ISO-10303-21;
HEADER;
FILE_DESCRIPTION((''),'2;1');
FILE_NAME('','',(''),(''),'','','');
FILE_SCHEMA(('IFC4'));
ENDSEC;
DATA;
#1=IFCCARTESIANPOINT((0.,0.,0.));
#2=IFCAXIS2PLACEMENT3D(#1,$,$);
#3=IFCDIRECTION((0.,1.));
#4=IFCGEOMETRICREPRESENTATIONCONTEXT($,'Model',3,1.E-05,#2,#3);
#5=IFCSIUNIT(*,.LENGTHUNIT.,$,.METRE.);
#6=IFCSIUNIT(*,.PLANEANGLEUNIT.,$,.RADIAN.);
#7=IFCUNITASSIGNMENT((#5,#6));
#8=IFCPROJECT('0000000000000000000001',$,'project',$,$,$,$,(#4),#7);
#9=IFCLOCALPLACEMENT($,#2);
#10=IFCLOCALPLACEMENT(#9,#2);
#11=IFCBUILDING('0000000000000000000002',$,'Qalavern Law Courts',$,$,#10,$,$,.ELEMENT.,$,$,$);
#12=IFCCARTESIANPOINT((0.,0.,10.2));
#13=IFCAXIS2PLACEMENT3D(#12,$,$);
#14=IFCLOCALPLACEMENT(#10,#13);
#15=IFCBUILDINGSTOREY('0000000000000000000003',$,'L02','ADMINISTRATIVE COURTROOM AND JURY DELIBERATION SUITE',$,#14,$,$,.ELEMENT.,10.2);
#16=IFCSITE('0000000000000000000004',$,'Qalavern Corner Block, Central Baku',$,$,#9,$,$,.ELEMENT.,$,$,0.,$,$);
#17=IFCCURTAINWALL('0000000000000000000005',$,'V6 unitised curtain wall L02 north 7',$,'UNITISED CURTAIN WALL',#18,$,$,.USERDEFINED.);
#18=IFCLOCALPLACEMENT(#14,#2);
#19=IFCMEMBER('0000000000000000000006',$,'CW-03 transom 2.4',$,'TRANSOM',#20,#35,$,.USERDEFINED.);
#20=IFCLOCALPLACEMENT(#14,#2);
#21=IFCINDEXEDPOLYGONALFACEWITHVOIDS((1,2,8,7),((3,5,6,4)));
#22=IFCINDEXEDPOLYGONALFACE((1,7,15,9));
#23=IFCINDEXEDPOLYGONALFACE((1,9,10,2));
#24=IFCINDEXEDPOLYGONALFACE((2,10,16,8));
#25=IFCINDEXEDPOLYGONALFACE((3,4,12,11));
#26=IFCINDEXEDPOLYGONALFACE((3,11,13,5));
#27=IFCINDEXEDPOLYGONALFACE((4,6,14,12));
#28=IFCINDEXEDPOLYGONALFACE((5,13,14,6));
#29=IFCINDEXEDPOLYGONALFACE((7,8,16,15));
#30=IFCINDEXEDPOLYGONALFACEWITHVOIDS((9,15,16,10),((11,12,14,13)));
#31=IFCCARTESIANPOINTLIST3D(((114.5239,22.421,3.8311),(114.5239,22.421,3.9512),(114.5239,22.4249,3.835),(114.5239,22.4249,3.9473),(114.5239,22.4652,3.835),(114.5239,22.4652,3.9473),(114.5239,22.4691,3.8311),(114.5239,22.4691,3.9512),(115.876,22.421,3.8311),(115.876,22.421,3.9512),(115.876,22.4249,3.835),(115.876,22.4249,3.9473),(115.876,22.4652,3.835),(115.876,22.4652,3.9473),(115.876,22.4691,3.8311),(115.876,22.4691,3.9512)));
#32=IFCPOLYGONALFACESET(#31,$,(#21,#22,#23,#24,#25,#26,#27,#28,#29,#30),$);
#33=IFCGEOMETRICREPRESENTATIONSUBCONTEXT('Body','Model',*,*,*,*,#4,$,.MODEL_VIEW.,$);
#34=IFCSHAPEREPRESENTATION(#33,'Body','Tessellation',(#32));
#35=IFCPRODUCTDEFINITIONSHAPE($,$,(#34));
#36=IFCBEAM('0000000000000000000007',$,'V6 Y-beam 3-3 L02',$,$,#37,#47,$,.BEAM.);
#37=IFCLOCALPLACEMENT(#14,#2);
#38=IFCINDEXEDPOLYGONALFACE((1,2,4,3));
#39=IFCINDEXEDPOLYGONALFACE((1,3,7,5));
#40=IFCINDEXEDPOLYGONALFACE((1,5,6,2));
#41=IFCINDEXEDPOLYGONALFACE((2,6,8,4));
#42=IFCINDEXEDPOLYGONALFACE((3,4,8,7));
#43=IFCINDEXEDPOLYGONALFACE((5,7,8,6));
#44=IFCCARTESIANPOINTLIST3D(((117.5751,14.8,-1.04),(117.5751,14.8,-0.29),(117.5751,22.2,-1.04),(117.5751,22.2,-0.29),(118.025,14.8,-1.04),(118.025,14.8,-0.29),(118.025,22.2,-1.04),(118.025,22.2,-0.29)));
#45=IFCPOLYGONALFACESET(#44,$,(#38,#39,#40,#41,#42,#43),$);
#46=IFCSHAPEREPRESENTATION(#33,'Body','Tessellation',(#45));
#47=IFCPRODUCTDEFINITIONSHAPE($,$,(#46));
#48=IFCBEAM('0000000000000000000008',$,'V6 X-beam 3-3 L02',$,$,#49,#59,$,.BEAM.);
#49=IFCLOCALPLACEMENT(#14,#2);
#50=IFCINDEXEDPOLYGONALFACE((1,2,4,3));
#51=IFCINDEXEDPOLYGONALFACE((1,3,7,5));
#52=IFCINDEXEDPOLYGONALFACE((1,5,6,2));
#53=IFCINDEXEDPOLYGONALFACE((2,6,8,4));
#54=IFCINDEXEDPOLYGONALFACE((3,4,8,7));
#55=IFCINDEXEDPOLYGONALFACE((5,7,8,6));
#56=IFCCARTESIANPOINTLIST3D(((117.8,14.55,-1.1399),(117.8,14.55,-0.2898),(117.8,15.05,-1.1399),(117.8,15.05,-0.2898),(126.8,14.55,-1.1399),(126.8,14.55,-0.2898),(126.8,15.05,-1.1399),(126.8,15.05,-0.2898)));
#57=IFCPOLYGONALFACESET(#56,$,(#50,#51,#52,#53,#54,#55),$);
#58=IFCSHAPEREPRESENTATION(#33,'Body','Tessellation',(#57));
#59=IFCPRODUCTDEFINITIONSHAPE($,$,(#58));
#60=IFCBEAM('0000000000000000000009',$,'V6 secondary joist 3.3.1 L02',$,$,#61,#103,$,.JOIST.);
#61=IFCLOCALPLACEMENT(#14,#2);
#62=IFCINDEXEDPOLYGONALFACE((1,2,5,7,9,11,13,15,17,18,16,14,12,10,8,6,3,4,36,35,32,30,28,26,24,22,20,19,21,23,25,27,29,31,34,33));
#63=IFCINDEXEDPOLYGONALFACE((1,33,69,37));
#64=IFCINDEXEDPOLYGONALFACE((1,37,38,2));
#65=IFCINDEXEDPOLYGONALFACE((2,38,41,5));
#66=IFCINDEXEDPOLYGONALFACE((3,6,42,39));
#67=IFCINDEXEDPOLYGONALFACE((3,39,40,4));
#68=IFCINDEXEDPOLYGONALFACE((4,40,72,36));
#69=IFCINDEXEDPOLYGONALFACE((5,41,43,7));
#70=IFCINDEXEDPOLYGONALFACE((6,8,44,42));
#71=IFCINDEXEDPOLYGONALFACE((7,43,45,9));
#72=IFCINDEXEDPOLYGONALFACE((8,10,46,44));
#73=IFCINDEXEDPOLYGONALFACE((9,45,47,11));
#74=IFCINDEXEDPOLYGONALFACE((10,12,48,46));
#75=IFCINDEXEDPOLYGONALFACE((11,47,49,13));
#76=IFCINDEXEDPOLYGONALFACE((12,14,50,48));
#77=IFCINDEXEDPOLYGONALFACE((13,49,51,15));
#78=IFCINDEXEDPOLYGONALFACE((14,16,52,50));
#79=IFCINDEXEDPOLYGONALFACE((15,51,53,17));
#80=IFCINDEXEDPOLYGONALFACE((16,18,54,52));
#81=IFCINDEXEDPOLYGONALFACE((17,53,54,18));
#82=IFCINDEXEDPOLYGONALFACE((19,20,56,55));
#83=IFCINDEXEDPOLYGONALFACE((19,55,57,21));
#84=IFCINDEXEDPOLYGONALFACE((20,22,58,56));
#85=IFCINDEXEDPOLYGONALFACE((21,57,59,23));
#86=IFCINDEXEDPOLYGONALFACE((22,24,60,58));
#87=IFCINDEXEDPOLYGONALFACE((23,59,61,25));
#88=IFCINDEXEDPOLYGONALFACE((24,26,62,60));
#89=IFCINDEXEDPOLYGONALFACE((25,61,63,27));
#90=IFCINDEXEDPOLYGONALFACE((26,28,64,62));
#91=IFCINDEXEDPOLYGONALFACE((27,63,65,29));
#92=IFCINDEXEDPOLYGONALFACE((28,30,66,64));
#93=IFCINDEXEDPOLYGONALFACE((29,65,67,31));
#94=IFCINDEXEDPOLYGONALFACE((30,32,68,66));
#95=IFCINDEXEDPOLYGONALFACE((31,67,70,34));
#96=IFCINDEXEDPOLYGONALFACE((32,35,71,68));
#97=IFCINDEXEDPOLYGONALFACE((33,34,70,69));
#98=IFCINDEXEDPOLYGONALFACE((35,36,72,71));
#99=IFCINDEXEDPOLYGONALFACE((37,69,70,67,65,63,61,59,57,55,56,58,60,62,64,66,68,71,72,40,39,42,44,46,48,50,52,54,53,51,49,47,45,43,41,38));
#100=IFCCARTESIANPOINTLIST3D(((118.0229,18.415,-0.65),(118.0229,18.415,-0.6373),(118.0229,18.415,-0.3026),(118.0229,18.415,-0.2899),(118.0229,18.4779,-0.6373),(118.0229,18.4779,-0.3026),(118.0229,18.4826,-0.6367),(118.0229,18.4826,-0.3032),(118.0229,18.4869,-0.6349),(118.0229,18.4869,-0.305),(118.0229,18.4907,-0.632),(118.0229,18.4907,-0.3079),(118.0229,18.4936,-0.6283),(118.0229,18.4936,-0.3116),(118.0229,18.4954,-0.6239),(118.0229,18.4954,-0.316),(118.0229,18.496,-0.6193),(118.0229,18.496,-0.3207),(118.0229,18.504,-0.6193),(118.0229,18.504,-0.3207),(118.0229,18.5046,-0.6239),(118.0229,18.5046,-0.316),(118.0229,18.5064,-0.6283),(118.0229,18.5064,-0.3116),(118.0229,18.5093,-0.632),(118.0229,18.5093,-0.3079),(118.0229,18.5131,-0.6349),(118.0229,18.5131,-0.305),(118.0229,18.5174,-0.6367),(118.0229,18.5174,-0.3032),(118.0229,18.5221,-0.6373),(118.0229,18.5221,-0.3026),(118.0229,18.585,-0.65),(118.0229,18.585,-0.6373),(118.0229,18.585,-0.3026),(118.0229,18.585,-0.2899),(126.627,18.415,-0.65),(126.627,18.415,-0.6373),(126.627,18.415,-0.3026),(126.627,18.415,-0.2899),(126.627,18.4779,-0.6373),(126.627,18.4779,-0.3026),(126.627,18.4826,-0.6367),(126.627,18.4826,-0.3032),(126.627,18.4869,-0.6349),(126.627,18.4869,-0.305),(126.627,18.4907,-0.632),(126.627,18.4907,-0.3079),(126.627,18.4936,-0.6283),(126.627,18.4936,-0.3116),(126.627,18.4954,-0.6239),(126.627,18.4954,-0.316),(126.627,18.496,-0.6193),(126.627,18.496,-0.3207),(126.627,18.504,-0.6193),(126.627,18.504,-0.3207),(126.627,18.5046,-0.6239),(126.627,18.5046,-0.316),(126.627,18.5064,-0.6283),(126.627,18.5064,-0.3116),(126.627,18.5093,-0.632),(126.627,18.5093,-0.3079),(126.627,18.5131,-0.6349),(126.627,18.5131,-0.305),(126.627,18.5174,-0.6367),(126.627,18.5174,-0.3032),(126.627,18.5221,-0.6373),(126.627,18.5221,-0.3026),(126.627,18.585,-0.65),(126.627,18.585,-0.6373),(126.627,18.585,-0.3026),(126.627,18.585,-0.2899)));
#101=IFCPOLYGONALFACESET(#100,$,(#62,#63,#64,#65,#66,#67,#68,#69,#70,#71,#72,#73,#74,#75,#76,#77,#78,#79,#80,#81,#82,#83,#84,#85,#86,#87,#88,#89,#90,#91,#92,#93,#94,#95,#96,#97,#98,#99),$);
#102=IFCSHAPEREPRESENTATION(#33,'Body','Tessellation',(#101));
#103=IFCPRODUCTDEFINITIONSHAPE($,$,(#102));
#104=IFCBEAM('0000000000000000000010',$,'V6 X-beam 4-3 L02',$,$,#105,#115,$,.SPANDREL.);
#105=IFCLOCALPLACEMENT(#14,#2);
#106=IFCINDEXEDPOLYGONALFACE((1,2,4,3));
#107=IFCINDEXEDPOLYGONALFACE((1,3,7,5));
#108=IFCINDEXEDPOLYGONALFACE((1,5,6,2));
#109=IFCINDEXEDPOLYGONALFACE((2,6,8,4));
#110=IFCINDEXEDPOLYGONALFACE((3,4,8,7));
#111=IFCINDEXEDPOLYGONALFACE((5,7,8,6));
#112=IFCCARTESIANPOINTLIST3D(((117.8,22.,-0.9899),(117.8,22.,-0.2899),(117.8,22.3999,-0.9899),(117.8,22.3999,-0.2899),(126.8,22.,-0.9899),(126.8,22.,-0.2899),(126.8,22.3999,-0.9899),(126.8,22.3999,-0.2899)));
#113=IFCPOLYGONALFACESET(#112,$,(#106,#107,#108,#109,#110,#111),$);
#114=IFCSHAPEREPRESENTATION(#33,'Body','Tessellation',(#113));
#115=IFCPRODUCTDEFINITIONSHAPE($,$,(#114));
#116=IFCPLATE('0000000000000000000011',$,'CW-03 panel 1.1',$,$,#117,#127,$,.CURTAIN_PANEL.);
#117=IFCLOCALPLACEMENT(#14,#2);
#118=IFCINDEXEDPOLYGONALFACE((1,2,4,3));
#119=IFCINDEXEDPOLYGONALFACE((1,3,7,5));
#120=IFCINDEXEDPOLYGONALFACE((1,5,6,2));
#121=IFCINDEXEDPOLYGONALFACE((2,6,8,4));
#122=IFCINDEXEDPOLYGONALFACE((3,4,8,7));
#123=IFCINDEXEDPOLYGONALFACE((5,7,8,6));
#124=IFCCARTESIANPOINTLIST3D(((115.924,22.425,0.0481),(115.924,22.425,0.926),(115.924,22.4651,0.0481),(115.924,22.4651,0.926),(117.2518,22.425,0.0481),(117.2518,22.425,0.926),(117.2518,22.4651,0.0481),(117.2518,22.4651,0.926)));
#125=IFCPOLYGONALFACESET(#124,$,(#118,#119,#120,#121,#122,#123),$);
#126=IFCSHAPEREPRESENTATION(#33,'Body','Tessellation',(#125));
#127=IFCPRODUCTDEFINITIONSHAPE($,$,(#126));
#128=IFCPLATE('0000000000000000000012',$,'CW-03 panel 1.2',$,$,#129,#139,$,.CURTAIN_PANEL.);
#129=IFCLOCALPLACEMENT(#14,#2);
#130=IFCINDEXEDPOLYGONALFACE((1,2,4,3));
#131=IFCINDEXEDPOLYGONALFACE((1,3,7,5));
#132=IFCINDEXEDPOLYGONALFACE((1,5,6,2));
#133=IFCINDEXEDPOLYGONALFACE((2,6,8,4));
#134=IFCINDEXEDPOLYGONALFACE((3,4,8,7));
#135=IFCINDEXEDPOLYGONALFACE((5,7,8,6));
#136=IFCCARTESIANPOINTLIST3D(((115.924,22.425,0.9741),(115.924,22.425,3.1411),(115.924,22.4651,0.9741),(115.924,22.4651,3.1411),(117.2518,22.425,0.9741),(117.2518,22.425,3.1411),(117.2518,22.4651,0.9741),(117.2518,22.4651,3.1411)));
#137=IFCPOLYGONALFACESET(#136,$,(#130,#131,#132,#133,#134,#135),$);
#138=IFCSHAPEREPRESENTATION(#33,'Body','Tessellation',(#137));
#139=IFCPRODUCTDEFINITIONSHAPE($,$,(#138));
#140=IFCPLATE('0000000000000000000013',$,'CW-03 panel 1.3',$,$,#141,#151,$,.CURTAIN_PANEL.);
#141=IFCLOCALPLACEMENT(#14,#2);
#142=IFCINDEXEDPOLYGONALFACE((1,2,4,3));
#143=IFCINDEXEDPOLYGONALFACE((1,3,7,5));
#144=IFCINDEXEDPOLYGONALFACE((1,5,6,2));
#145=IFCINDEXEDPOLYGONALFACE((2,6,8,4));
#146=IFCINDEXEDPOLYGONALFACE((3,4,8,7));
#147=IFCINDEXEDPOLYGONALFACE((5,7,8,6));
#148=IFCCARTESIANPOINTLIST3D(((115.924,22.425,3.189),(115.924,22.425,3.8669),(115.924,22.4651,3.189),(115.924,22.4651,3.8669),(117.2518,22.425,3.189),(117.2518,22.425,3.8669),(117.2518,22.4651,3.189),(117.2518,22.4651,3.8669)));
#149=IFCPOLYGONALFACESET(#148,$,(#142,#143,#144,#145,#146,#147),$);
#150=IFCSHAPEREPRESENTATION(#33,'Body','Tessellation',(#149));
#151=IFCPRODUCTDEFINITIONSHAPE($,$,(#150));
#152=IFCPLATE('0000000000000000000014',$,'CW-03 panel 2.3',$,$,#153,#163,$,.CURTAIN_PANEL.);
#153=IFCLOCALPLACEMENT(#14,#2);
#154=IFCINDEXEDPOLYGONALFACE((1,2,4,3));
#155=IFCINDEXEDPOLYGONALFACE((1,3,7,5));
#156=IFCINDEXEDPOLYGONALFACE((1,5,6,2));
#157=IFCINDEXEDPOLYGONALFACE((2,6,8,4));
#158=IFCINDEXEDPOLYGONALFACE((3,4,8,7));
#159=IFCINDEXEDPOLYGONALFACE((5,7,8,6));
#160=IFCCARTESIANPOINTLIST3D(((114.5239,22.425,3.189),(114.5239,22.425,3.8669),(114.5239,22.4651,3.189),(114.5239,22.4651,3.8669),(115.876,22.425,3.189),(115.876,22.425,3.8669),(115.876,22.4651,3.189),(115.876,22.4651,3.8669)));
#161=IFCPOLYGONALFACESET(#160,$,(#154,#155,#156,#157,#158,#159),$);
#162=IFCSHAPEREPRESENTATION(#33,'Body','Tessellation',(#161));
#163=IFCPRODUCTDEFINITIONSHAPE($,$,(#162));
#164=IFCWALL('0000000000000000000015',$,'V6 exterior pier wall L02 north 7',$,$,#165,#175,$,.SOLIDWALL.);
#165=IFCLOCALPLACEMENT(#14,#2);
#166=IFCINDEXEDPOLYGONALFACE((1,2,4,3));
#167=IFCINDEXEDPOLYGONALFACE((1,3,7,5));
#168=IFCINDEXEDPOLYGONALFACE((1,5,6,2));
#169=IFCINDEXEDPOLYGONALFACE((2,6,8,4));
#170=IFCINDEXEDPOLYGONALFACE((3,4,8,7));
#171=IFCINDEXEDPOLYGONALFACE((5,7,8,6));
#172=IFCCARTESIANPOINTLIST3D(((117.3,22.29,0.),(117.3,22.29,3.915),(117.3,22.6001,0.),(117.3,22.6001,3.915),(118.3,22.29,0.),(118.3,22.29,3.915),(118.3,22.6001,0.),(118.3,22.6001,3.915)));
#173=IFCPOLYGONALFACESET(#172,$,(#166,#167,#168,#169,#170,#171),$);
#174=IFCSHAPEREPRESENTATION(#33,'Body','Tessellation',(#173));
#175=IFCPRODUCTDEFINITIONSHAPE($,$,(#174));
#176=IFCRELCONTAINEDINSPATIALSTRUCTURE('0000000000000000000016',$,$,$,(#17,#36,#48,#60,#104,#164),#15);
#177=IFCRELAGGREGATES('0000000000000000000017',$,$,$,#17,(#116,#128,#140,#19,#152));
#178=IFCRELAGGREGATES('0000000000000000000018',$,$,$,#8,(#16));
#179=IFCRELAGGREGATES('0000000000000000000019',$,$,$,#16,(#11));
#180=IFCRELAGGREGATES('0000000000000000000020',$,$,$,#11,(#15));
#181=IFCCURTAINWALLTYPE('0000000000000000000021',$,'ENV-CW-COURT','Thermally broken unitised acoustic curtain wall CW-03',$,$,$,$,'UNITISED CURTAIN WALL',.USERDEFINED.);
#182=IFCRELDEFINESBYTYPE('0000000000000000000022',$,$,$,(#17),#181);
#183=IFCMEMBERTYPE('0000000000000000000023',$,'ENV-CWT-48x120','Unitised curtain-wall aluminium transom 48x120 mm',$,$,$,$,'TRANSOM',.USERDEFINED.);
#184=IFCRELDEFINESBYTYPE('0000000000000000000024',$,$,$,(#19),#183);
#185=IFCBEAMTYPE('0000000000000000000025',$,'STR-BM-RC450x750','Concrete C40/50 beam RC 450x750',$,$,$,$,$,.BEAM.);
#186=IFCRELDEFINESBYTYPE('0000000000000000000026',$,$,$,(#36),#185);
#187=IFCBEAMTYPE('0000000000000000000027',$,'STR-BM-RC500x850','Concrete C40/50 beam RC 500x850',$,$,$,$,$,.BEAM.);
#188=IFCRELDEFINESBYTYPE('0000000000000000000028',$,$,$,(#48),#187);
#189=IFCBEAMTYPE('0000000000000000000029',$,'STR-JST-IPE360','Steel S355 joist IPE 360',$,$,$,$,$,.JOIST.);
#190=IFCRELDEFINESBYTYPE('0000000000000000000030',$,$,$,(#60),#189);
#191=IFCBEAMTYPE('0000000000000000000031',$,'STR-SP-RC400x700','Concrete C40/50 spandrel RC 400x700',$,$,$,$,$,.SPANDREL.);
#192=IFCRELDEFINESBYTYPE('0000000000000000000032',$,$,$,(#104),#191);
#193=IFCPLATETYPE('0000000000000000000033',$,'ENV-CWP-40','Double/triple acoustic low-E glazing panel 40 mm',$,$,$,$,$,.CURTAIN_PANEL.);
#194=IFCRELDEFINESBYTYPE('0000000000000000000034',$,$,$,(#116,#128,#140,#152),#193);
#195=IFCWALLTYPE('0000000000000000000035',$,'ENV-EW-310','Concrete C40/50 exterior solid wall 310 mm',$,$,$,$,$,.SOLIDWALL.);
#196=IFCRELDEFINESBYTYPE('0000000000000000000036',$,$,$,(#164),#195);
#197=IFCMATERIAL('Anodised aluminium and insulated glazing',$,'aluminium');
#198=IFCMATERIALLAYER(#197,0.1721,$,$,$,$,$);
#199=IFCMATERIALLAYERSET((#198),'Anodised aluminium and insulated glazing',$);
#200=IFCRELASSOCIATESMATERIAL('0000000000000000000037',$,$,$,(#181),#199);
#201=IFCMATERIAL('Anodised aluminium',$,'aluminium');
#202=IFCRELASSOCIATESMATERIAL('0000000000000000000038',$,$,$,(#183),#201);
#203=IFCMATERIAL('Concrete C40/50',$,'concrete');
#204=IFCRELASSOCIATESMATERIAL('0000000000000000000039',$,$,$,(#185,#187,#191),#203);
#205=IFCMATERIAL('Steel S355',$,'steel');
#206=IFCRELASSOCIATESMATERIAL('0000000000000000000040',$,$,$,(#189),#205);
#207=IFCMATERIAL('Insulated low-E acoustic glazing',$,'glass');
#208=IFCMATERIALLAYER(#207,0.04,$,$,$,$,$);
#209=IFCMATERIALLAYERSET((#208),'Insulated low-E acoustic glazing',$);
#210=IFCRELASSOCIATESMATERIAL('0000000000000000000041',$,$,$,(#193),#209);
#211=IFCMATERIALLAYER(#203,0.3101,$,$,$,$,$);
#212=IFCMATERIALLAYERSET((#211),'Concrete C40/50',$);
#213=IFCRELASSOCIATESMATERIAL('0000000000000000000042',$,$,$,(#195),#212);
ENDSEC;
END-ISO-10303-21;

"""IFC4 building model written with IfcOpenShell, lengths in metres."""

from ifc_helpers import new_model, si_unit, direction, frame, frame_2d, origin, origin_2d, place, context, subcontext, project, spatial, rectangle, hollow_rectangle, i_section, extrude, material, layer, layer_set, material_profile, profile_set, type_object, element, aggregate, save


model = new_model("IFC4")

# Units and contexts
model_context = context("Model", 3, precision=1e-05, world=origin(), true_north=direction((0.0, 1.0)))
body_context = subcontext(model_context, "Body", "Model", "MODEL_VIEW")
ifc_project = project(units=[si_unit("LENGTHUNIT", "METRE"), si_unit("PLANEANGLEUNIT", "RADIAN")], contexts=[model_context])

# Site, building, storey
site_placement = place(None, origin())
site = spatial("IfcSite", under=ifc_project, at=site_placement, Name="Qalavern Corner Block, Central Baku", CompositionType="ELEMENT", RefElevation=0.0)
building_placement = place(site_placement, origin())
building = spatial("IfcBuilding", under=site, at=building_placement, Name="Qalavern Law Courts", CompositionType="ELEMENT")
storey_placement = place(building_placement, frame((0.0, 0.0, 10.2)))
storey = spatial("IfcBuildingStorey", under=building, at=storey_placement, Name="L02", Description="ADMINISTRATIVE COURTROOM AND JURY DELIBERATION SUITE", CompositionType="ELEMENT", Elevation=10.2)

# Curtain wall, member
ifc_material_1 = material(Name="Anodised aluminium and insulated glazing", Category="aluminium")
ifc_layer_1 = layer(ifc_material_1, 0.1721)
ifc_layer_set_1 = layer_set([ifc_layer_1], Name="Anodised aluminium and insulated glazing")
curtain_wall_type = type_object("IfcCurtainWallType", Name="ENV-CW-COURT", Description="Thermally broken unitised acoustic curtain wall CW-03", ElementType="UNITISED CURTAIN WALL", PredefinedType="USERDEFINED", material=ifc_layer_set_1)
curtain_wall_placement = place(storey_placement, origin())
curtain_wall = element("IfcCurtainWall", 1, at=curtain_wall_placement, inside=storey, type_object=curtain_wall_type, Name="V6 unitised curtain wall L02 north 7", ObjectType="UNITISED CURTAIN WALL", PredefinedType="USERDEFINED")
ifc_material_2 = material(Name="Anodised aluminium", Category="aluminium")
ifc_material_profile_1 = material_profile(ifc_material_2, hollow_rectangle(XDim=0.0481, YDim=0.1201, WallThickness=0.0039, at=origin_2d()), Name="ALU TRANSOM 48x120")
ifc_profile_set_1 = profile_set([ifc_material_profile_1], Name="Anodised aluminium")
member_type_1 = type_object("IfcMemberType", Name="ENV-CWT-48x120", Description="Unitised curtain-wall aluminium transom 48x120 mm", ElementType="TRANSOM", PredefinedType="USERDEFINED", material=ifc_profile_set_1)
member_1_placement = place(storey_placement, frame((115.876, 22.4451, 3.8911), z_axis=(-1.0, 0.0, 0.0), x_axis=(0.0, -1.0, 0.0)))
member_1 = element("IfcMember", 2, at=member_1_placement, type_object=member_type_1, Name="CW-03 transom 2.4", ObjectType="TRANSOM", PredefinedType="USERDEFINED", context=body_context, shape_type="SweptSolid", body=[
    extrude(hollow_rectangle(XDim=0.0481, YDim=0.1201, WallThickness=0.0039, at=origin_2d()), origin(), (0.0, 0.0, 1.0), 1.3521),
])

# Beams
ifc_material_3 = material(Name="Concrete C40/50", Category="concrete")
ifc_material_profile_2 = material_profile(ifc_material_3, rectangle(XDim=0.45, YDim=0.75, at=origin_2d()), Name="RC 450x750")
ifc_profile_set_2 = profile_set([ifc_material_profile_2], Name="Concrete C40/50")
beam_type_1 = type_object("IfcBeamType", Name="STR-BM-RC450x750", Description="Concrete C40/50 beam RC 450x750", PredefinedType="BEAM", material=ifc_profile_set_2)
beam_1_placement = place(storey_placement, frame((117.8, 14.8, -0.665), z_axis=(0.0, 1.0, 0.0), x_axis=(-1.0, 0.0, 0.0)))
element("IfcBeam", 3, at=beam_1_placement, inside=storey, type_object=beam_type_1, Name="V6 Y-beam 3-3 L02", PredefinedType="BEAM", context=body_context, shape_type="SweptSolid", body=[
    extrude(rectangle(XDim=0.45, YDim=0.75, at=origin_2d()), origin(), (0.0, 0.0, 1.0), 7.3999),
])
ifc_material_profile_3 = material_profile(ifc_material_3, rectangle(XDim=0.5, YDim=0.8501, at=origin_2d()), Name="RC 500x850")
ifc_profile_set_3 = profile_set([ifc_material_profile_3], Name="Concrete C40/50")
beam_type_2 = type_object("IfcBeamType", Name="STR-BM-RC500x850", Description="Concrete C40/50 beam RC 500x850", PredefinedType="BEAM", material=ifc_profile_set_3)
beam_2_placement = place(storey_placement, frame((117.8, 14.8, -0.7148), z_axis=(1.0, 0.0, 0.0), x_axis=(0.0, 1.0, 0.0)))
element("IfcBeam", 4, at=beam_2_placement, inside=storey, type_object=beam_type_2, Name="V6 X-beam 3-3 L02", PredefinedType="BEAM", context=body_context, shape_type="SweptSolid", body=[
    extrude(rectangle(XDim=0.5, YDim=0.8501, at=origin_2d()), origin(), (0.0, 0.0, 1.0), 9.0),
])
ifc_material_4 = material(Name="Steel S355", Category="steel")
ifc_material_profile_4 = material_profile(ifc_material_4, i_section(OverallWidth=0.1699, OverallDepth=0.3601, WebThickness=0.0081, FlangeThickness=0.0127, FilletRadius=0.0181, at=origin_2d()), Name="IPE 360")
ifc_profile_set_4 = profile_set([ifc_material_profile_4], Name="Steel S355")
beam_type_3 = type_object("IfcBeamType", Name="STR-JST-IPE360", Description="Steel S355 joist IPE 360", PredefinedType="JOIST", material=ifc_profile_set_4)
beam_3_placement = place(storey_placement, frame((118.0229, 18.5, -0.47), z_axis=(1.0, 0.0, 0.0), x_axis=(0.0, 1.0, 0.0)))
element("IfcBeam", 5, at=beam_3_placement, inside=storey, type_object=beam_type_3, Name="V6 secondary joist 3.3.1 L02", PredefinedType="JOIST", context=body_context, shape_type="SweptSolid", body=[
    extrude(i_section(OverallWidth=0.1699, OverallDepth=0.3601, WebThickness=0.0081, FlangeThickness=0.0127, FilletRadius=0.0181, at=origin_2d()), origin(), (0.0, 0.0, 1.0), 8.604),
])
ifc_material_profile_5 = material_profile(ifc_material_3, rectangle(XDim=0.3999, YDim=0.7, at=origin_2d()), Name="RC 400x700")
ifc_profile_set_5 = profile_set([ifc_material_profile_5], Name="Concrete C40/50")
beam_type_4 = type_object("IfcBeamType", Name="STR-SP-RC400x700", Description="Concrete C40/50 spandrel RC 400x700", PredefinedType="SPANDREL", material=ifc_profile_set_5)
beam_4_placement = place(storey_placement, frame((117.8, 22.2, -0.6399), z_axis=(1.0, 0.0, 0.0), x_axis=(0.0, 1.0, 0.0)))
element("IfcBeam", 6, at=beam_4_placement, inside=storey, type_object=beam_type_4, Name="V6 X-beam 4-3 L02", PredefinedType="SPANDREL", context=body_context, shape_type="SweptSolid", body=[
    extrude(rectangle(XDim=0.3999, YDim=0.7, at=origin_2d()), origin(), (0.0, 0.0, 1.0), 9.0),
])

# Plates
ifc_material_5 = material(Name="Insulated low-E acoustic glazing", Category="glass")
ifc_layer_2 = layer(ifc_material_5, 0.04)
ifc_layer_set_2 = layer_set([ifc_layer_2], Name="Insulated low-E acoustic glazing")
plate_type = type_object("IfcPlateType", Name="ENV-CWP-40", Description="Double/triple acoustic low-E glazing panel 40 mm", PredefinedType="CURTAIN_PANEL", material=ifc_layer_set_2)
plate_1_placement = place(storey_placement, frame((116.5879, 22.4451, 0.0481), z_axis=(0.0, 0.0, 1.0), x_axis=(-1.0, 0.0, 0.0)))
plate_1 = element("IfcPlate", 7, at=plate_1_placement, type_object=plate_type, Name="CW-03 panel 1.1", PredefinedType="CURTAIN_PANEL", context=body_context, shape_type="SweptSolid", body=[
    extrude(rectangle(XDim=1.3279, YDim=0.04, at=origin_2d()), origin(), (0.0, 0.0, 1.0), 0.8779),
])
plate_2_placement = place(storey_placement, frame((116.5879, 22.4451, 0.9741), z_axis=(0.0, 0.0, 1.0), x_axis=(-1.0, 0.0, 0.0)))
plate_2 = element("IfcPlate", 8, at=plate_2_placement, type_object=plate_type, Name="CW-03 panel 1.2", PredefinedType="CURTAIN_PANEL", context=body_context, shape_type="SweptSolid", body=[
    extrude(rectangle(XDim=1.3279, YDim=0.04, at=origin_2d()), origin(), (0.0, 0.0, 1.0), 2.167),
])
plate_3_placement = place(storey_placement, frame((116.5879, 22.4451, 3.189), z_axis=(0.0, 0.0, 1.0), x_axis=(-1.0, 0.0, 0.0)))
plate_3 = element("IfcPlate", 9, at=plate_3_placement, type_object=plate_type, Name="CW-03 panel 1.3", PredefinedType="CURTAIN_PANEL", context=body_context, shape_type="SweptSolid", body=[
    extrude(rectangle(XDim=1.3279, YDim=0.04, at=origin_2d()), origin(), (0.0, 0.0, 1.0), 0.678),
])
plate_4_placement = place(storey_placement, frame((115.2, 22.4451, 3.189), z_axis=(0.0, 0.0, 1.0), x_axis=(-1.0, 0.0, 0.0)))
plate_4 = element("IfcPlate", 10, at=plate_4_placement, type_object=plate_type, Name="CW-03 panel 2.3", PredefinedType="CURTAIN_PANEL", context=body_context, shape_type="SweptSolid", body=[
    extrude(rectangle(XDim=1.3521, YDim=0.04, at=origin_2d()), origin(), (0.0, 0.0, 1.0), 0.678),
])
aggregate(curtain_wall, [plate_1, plate_2, plate_3, member_1, plate_4])

# Wall
ifc_layer_3 = layer(ifc_material_3, 0.3101)
ifc_layer_set_3 = layer_set([ifc_layer_3], Name="Concrete C40/50")
wall_type_1 = type_object("IfcWallType", Name="ENV-EW-310", Description="Concrete C40/50 exterior solid wall 310 mm", PredefinedType="SOLIDWALL", material=ifc_layer_set_3)
wall_1_placement = place(storey_placement, frame((118.3, 22.4451, 0.0), z_axis=(0.0, 0.0, 1.0), x_axis=(-1.0, 0.0, 0.0)))
element("IfcWall", 11, at=wall_1_placement, inside=storey, type_object=wall_type_1, Name="V6 exterior pier wall L02 north 7", PredefinedType="SOLIDWALL", context=body_context, shape_type="SweptSolid", body=[
    extrude(rectangle(XDim=1.0, YDim=0.3101, at=frame_2d((0.5, 0.0))), origin(), (0.0, 0.0, 1.0), 3.915),
])

save(model, "model.ifc")
